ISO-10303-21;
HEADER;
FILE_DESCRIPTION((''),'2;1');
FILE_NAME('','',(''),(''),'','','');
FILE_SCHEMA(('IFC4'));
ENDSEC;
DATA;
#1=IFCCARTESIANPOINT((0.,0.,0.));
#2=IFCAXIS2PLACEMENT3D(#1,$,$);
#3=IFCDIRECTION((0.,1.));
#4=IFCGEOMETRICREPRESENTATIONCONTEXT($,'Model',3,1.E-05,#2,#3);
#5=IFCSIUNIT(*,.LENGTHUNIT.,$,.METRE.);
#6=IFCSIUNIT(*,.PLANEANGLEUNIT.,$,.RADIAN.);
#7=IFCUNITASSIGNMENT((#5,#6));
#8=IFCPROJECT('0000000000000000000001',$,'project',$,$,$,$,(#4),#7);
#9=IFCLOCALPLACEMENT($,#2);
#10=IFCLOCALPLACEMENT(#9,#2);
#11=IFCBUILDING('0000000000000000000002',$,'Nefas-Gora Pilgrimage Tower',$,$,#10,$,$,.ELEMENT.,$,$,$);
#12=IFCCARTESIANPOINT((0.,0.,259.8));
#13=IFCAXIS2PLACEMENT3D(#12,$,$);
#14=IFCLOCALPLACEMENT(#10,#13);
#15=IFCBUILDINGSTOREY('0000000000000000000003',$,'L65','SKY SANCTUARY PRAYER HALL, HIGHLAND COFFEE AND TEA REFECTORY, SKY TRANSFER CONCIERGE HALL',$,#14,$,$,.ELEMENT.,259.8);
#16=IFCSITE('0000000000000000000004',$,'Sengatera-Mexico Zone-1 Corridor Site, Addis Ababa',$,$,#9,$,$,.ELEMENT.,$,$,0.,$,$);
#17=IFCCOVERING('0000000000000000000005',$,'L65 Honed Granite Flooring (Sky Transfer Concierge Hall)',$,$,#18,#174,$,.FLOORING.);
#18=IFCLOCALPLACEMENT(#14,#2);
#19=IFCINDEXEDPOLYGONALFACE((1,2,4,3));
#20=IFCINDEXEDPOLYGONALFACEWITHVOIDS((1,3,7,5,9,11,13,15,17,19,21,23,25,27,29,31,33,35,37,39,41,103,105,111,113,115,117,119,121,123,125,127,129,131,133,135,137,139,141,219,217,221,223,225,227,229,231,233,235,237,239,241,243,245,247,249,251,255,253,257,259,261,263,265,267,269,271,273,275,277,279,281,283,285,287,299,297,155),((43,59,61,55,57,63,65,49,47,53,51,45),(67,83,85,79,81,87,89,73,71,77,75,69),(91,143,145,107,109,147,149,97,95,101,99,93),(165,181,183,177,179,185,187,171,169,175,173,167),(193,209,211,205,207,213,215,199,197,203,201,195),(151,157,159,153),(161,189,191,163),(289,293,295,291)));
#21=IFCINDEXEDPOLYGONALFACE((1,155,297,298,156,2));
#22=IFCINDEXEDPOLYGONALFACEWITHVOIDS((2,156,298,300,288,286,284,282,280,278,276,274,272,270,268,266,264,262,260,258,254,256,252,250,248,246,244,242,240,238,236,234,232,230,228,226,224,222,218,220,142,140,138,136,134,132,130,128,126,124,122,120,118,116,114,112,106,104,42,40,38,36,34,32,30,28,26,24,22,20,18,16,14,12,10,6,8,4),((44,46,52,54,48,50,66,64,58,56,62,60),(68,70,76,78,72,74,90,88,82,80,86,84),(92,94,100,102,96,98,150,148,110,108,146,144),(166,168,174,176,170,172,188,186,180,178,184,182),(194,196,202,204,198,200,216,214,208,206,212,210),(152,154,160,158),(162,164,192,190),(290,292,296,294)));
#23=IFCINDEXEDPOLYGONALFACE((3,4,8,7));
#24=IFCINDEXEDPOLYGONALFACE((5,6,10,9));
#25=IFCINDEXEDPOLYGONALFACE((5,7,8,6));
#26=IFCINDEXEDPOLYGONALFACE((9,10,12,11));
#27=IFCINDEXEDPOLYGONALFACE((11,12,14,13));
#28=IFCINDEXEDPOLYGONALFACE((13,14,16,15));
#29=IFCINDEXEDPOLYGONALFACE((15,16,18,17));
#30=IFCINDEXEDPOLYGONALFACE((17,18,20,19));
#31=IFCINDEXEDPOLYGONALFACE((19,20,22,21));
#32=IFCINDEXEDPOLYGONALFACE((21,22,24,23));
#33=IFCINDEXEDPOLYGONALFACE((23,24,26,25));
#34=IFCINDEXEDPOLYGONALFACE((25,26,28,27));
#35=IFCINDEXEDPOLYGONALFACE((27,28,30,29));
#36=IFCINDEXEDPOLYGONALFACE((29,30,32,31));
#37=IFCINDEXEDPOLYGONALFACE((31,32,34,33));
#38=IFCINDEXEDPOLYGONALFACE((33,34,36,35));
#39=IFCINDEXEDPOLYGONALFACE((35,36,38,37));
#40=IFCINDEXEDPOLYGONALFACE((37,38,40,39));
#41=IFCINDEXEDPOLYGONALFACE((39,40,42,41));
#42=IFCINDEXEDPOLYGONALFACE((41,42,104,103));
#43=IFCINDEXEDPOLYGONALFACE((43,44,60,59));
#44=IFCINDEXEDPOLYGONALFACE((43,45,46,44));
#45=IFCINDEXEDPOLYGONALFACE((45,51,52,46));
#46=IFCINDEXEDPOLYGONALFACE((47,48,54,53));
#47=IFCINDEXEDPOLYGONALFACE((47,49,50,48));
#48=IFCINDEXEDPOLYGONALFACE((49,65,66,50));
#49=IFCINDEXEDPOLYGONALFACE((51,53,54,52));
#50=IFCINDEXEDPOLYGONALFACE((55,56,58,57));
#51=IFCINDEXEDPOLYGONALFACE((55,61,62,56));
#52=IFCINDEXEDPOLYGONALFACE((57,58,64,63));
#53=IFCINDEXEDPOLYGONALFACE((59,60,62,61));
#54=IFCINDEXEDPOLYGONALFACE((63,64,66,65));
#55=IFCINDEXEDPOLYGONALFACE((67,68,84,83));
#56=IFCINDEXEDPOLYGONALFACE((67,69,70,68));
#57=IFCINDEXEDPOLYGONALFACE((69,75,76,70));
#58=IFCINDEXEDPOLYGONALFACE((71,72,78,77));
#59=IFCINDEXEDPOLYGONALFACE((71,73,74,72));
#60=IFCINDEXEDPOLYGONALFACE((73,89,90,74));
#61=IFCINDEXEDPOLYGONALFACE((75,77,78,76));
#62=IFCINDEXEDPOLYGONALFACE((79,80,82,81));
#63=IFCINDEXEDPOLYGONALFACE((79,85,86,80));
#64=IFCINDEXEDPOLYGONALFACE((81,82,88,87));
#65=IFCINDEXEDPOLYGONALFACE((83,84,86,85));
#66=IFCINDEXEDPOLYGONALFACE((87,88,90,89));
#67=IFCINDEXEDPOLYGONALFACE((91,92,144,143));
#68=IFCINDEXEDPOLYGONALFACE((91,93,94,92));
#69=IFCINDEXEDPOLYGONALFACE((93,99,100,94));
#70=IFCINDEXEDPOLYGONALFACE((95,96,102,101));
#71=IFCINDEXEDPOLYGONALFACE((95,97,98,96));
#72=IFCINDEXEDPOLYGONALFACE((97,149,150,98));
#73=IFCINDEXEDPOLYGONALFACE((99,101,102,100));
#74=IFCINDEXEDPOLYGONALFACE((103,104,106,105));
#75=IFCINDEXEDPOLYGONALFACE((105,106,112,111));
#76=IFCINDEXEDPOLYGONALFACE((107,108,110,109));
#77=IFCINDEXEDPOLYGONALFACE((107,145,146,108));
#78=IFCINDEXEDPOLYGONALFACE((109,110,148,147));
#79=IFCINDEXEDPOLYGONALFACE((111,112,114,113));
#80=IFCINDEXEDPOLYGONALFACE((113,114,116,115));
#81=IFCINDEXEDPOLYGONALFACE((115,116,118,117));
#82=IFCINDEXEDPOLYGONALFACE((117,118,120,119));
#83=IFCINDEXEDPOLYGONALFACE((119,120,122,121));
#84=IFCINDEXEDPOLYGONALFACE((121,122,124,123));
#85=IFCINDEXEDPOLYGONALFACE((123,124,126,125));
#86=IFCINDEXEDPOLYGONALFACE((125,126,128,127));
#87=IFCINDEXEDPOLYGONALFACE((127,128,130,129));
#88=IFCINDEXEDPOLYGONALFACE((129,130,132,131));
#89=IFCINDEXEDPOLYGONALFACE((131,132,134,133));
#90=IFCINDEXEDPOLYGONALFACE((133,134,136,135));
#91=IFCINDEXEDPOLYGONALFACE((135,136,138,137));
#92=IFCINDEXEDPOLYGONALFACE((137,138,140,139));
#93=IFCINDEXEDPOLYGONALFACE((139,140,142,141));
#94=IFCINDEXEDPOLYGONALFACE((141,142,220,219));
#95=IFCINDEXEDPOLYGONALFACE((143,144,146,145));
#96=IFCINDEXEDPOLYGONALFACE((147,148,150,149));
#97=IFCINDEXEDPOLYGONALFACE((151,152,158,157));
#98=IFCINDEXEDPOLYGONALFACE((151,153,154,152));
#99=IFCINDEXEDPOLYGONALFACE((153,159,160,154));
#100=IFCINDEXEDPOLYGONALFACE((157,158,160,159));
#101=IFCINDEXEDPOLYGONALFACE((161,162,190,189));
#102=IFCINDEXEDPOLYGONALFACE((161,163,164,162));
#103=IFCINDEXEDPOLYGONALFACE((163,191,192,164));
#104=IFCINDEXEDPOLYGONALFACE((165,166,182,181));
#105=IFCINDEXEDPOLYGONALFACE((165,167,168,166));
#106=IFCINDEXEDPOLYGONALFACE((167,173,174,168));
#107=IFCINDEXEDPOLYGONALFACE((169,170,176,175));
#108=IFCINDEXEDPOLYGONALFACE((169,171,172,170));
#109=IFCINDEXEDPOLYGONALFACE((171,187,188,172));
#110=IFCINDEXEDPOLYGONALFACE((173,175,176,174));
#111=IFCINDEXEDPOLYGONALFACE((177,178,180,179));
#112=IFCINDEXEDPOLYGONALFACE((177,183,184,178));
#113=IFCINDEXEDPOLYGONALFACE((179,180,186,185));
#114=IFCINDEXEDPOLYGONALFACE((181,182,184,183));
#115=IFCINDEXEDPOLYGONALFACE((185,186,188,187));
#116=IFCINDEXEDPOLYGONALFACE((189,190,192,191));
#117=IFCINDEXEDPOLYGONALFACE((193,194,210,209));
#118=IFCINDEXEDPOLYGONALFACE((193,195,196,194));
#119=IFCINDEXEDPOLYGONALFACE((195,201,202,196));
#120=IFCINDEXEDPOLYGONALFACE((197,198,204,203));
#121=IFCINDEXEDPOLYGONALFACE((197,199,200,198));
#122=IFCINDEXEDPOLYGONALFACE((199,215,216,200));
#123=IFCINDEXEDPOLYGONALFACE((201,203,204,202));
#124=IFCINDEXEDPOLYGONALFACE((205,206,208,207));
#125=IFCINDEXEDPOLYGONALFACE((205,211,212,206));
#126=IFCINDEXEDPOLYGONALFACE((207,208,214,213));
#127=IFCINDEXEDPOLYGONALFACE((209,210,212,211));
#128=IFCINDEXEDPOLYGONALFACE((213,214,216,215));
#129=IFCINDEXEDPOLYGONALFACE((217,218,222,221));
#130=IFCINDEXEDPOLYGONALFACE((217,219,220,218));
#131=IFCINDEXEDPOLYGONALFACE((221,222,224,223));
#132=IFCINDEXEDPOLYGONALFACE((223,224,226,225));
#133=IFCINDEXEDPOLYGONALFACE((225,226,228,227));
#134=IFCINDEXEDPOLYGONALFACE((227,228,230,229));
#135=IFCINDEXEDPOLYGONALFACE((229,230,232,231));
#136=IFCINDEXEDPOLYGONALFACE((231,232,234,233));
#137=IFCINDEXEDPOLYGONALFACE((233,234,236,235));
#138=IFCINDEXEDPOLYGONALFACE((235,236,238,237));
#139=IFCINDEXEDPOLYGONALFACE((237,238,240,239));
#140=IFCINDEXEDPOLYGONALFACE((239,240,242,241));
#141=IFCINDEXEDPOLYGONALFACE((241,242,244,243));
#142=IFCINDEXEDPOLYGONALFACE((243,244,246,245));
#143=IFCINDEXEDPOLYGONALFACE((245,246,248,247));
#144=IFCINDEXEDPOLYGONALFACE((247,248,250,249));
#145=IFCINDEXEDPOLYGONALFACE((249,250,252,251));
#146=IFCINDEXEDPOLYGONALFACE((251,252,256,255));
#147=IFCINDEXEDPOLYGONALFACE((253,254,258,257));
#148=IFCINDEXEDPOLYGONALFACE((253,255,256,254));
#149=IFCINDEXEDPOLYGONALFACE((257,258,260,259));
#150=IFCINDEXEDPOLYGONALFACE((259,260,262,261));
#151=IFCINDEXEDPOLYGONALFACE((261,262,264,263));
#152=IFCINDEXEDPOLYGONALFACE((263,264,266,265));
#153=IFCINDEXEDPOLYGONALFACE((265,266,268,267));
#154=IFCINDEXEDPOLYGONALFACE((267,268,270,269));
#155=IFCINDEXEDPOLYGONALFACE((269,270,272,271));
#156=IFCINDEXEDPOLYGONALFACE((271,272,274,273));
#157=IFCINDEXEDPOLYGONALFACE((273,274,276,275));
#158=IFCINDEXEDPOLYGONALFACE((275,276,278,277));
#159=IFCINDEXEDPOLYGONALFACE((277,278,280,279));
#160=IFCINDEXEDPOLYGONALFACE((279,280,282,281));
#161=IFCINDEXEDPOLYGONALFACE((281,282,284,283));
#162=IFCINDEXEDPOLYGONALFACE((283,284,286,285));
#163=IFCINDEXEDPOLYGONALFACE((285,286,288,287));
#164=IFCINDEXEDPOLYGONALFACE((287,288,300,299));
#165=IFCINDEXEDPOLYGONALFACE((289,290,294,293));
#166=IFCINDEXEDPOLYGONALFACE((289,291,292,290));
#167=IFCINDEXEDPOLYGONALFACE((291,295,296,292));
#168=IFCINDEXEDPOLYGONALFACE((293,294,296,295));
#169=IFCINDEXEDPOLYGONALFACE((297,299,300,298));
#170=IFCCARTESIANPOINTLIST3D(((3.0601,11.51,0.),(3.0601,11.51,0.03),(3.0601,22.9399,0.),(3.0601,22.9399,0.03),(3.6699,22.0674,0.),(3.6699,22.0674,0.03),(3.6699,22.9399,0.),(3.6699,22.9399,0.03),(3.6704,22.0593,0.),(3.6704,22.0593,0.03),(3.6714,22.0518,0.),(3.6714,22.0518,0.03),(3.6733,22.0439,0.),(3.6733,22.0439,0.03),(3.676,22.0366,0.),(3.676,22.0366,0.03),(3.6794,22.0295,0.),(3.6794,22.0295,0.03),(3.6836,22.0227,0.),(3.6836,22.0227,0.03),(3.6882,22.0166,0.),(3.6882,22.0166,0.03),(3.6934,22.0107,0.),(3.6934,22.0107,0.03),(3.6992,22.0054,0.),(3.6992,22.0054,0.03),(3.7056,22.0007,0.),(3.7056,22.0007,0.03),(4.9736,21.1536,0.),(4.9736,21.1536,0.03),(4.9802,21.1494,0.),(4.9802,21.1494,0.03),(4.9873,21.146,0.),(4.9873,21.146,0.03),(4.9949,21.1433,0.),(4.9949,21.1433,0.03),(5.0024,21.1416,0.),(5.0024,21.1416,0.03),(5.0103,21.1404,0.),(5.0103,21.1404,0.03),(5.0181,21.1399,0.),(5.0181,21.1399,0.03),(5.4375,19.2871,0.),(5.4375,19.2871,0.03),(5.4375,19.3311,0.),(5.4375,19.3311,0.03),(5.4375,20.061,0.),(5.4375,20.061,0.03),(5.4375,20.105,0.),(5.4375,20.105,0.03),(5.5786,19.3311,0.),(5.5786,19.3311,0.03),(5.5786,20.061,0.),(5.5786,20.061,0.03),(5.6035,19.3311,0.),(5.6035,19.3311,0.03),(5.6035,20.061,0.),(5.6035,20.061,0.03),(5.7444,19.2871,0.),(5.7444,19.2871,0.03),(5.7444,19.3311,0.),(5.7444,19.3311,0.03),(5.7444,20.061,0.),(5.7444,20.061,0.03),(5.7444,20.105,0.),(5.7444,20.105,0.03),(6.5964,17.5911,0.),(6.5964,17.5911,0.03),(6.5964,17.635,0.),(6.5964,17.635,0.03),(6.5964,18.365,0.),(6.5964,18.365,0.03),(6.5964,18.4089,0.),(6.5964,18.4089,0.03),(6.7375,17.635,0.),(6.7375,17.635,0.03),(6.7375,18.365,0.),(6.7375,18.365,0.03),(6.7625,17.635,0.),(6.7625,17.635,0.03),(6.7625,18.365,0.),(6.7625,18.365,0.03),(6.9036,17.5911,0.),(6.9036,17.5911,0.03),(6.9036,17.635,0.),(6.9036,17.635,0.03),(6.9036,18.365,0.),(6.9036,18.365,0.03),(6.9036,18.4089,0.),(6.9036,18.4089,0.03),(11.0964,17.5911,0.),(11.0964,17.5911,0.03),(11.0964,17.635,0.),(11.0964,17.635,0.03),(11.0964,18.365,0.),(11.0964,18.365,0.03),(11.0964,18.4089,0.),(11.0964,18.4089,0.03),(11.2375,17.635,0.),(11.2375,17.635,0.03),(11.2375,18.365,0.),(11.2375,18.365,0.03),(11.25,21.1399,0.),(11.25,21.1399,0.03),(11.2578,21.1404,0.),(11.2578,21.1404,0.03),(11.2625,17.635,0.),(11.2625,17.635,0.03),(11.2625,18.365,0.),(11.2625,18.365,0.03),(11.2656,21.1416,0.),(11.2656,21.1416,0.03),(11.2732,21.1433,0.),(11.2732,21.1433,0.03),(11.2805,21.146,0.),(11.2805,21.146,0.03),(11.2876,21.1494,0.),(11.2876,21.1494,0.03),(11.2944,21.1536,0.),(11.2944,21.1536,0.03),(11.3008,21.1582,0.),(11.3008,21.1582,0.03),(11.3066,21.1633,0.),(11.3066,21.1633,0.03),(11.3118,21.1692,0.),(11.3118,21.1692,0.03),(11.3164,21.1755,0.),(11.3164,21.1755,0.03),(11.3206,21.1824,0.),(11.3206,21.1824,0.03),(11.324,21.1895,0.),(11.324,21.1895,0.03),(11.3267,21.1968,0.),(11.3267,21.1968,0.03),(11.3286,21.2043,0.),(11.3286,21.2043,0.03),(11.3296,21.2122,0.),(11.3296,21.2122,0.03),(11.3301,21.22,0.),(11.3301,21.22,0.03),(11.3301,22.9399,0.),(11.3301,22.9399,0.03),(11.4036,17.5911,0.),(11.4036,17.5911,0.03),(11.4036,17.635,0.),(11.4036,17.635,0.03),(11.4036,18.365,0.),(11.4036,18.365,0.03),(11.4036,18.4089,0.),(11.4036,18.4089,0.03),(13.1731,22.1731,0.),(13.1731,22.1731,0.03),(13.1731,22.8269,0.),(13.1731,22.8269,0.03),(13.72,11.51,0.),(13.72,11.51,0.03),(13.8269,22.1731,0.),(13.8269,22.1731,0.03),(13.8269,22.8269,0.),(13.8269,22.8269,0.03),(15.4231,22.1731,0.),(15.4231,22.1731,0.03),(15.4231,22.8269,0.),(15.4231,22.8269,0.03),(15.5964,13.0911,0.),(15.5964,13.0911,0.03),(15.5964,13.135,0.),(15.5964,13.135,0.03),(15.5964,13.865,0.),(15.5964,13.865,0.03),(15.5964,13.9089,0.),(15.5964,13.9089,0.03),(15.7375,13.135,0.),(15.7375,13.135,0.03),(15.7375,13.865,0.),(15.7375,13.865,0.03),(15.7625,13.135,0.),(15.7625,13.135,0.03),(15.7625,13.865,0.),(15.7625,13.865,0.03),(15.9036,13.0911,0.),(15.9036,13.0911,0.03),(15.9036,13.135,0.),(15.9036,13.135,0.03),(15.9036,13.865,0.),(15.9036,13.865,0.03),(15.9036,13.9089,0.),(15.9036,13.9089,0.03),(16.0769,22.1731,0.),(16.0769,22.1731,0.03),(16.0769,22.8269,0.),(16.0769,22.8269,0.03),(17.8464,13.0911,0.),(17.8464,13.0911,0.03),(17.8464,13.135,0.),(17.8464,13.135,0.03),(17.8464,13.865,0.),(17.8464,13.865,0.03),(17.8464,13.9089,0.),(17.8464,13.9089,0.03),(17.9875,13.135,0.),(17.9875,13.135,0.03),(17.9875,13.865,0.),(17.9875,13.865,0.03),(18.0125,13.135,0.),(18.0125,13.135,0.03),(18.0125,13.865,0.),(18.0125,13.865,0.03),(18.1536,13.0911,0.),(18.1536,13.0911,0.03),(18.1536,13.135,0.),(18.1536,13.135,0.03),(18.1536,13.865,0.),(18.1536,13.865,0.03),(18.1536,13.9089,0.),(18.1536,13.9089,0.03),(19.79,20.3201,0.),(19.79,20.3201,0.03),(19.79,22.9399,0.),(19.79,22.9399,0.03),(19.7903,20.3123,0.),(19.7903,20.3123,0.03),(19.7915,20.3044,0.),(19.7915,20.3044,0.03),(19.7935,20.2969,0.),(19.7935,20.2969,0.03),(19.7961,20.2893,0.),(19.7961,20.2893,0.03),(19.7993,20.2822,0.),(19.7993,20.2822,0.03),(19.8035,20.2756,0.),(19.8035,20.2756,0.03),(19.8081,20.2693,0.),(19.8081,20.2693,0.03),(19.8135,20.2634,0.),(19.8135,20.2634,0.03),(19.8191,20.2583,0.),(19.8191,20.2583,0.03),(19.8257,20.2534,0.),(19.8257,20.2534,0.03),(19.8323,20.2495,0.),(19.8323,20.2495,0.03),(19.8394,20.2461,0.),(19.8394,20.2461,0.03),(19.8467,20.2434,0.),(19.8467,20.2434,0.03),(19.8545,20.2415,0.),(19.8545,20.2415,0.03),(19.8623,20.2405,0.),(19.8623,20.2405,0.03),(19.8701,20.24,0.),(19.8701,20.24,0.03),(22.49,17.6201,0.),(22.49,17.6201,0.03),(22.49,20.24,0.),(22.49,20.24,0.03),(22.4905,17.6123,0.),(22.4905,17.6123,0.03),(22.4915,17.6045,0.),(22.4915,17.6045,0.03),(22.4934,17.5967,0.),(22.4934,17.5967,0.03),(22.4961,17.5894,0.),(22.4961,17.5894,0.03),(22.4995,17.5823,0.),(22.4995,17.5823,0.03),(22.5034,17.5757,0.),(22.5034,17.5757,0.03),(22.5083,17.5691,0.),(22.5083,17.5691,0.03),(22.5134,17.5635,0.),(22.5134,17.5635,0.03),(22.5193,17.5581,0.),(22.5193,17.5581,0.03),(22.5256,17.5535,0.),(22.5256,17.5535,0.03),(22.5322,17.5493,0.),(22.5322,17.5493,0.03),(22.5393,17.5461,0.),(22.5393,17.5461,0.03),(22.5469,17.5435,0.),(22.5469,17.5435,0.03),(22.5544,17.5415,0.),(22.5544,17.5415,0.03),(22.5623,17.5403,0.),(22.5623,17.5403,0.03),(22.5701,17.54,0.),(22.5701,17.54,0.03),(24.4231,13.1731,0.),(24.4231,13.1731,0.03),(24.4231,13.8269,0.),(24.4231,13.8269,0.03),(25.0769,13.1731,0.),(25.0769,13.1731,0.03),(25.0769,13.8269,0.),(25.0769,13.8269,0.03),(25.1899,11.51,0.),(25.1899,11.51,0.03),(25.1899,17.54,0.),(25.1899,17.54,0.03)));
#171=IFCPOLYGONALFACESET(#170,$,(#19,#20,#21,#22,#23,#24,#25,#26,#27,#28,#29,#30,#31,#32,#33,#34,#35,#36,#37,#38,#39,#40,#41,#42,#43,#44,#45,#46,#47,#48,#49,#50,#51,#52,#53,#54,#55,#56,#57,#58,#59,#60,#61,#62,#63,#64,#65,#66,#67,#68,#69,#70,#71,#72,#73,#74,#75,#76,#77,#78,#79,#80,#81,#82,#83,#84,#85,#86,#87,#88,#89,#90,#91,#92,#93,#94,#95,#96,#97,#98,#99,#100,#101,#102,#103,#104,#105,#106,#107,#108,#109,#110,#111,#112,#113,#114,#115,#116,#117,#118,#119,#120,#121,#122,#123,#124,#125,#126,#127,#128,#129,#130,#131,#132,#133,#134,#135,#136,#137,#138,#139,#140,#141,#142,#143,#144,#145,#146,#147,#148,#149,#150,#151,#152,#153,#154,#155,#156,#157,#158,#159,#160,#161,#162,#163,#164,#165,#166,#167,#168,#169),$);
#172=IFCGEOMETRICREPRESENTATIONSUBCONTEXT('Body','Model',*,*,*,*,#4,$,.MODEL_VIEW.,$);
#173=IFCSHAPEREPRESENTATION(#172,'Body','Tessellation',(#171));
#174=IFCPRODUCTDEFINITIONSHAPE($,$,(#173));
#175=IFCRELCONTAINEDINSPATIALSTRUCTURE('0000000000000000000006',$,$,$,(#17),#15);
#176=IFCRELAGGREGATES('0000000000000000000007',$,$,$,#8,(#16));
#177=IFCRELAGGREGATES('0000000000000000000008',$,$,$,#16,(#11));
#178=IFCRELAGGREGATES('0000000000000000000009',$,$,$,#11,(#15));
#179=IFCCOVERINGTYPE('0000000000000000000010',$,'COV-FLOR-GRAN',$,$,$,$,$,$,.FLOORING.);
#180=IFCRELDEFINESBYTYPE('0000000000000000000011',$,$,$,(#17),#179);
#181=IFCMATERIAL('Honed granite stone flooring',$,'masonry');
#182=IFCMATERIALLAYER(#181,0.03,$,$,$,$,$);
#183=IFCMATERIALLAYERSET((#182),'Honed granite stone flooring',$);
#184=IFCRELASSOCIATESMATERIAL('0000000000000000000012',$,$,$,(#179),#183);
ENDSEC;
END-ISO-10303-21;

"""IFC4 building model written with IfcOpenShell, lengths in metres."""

from ifc_helpers import new_model, si_unit, direction, frame, origin, place, context, subcontext, project, spatial, polyline, outline, extrude, material, layer, layer_set, type_object, element, save


model = new_model("IFC4")

# Units and contexts
model_context = context("Model", 3, precision=1e-05, world=origin(), true_north=direction((0.0, 1.0)))
body_context = subcontext(model_context, "Body", "Model", "MODEL_VIEW")
ifc_project = project(units=[si_unit("LENGTHUNIT", "METRE"), si_unit("PLANEANGLEUNIT", "RADIAN")], contexts=[model_context])

# Site, building, storey
site_placement = place(None, origin())
site = spatial("IfcSite", under=ifc_project, at=site_placement, Name="Sengatera-Mexico Zone-1 Corridor Site, Addis Ababa", CompositionType="ELEMENT", RefElevation=0.0)
building_placement = place(site_placement, origin())
building = spatial("IfcBuilding", under=site, at=building_placement, Name="Nefas-Gora Pilgrimage Tower", CompositionType="ELEMENT")
storey_placement = place(building_placement, frame((0.0, 0.0, 259.8)))
storey = spatial("IfcBuildingStorey", under=building, at=storey_placement, Name="L65", Description="SKY SANCTUARY PRAYER HALL, HIGHLAND COFFEE AND TEA REFECTORY, SKY TRANSFER CONCIERGE HALL", CompositionType="ELEMENT", Elevation=259.8)

# Covering
ifc_material_1 = material(Name="Honed granite stone flooring", Category="masonry")
ifc_layer_1 = layer(ifc_material_1, 0.03)
ifc_layer_set_1 = layer_set([ifc_layer_1], Name="Honed granite stone flooring")
covering_type_1 = type_object("IfcCoveringType", Name="COV-FLOR-GRAN", PredefinedType="FLOORING", material=ifc_layer_set_1)
covering_1_placement = place(storey_placement, origin())
element("IfcCovering", 1, at=covering_1_placement, inside=storey, type_object=covering_type_1, Name="L65 Honed Granite Flooring (Sky Transfer Concierge Hall)", PredefinedType="FLOORING", context=body_context, shape_type="SweptSolid", body=[
    extrude(outline(polyline([(3.6699, 22.9399), (3.0601, 22.9399), (3.0601, 11.51), (13.72, 11.51), (25.1899, 11.51), (25.1899, 17.54), (22.5701, 17.54), (22.5623, 17.5403), (22.5544, 17.5415), (22.5469, 17.5435), (22.5393, 17.5461), (22.5322, 17.5493), (22.5256, 17.5535), (22.5193, 17.5581), (22.5134, 17.5635), (22.5083, 17.5691), (22.5034, 17.5757), (22.4995, 17.5823), (22.4961, 17.5894), (22.4934, 17.5967), (22.4915, 17.6045), (22.4905, 17.6123), (22.49, 17.6201), (22.49, 20.24), (19.8701, 20.24), (19.8623, 20.2405), (19.8545, 20.2415), (19.8467, 20.2434), (19.8394, 20.2461), (19.8323, 20.2495), (19.8257, 20.2534), (19.8191, 20.2583), (19.8135, 20.2634), (19.8081, 20.2693), (19.8035, 20.2756), (19.7993, 20.2822), (19.7961, 20.2893), (19.7935, 20.2969), (19.7915, 20.3044), (19.7903, 20.3123), (19.79, 20.3201), (19.79, 22.9399), (11.3301, 22.9399), (11.3301, 21.22), (11.3296, 21.2122), (11.3286, 21.2043), (11.3267, 21.1968), (11.324, 21.1895), (11.3206, 21.1824), (11.3164, 21.1755), (11.3118, 21.1692), (11.3066, 21.1633), (11.3008, 21.1582), (11.2944, 21.1536), (11.2876, 21.1494), (11.2805, 21.146), (11.2732, 21.1433), (11.2656, 21.1416), (11.2578, 21.1404), (11.25, 21.1399), (5.0181, 21.1399), (5.0103, 21.1404), (5.0024, 21.1416), (4.9949, 21.1433), (4.9873, 21.146), (4.9802, 21.1494), (4.9736, 21.1536), (3.7056, 22.0007), (3.6992, 22.0054), (3.6934, 22.0107), (3.6882, 22.0166), (3.6836, 22.0227), (3.6794, 22.0295), (3.676, 22.0366), (3.6733, 22.0439), (3.6714, 22.0518), (3.6704, 22.0593), (3.6699, 22.0674), (3.6699, 22.9399)]), holes=[polyline([(25.0769, 13.1731), (24.4231, 13.1731), (24.4231, 13.8269), (25.0769, 13.8269), (25.0769, 13.1731)]), polyline([(18.1536, 13.865), (18.0125, 13.865), (18.0125, 13.135), (18.1536, 13.135), (18.1536, 13.0911), (17.8464, 13.0911), (17.8464, 13.135), (17.9875, 13.135), (17.9875, 13.865), (17.8464, 13.865), (17.8464, 13.9089), (18.1536, 13.9089), (18.1536, 13.865)]), polyline([(16.0769, 22.8269), (16.0769, 22.1731), (15.4231, 22.1731), (15.4231, 22.8269), (16.0769, 22.8269)]), polyline([(15.9036, 13.9089), (15.9036, 13.865), (15.7625, 13.865), (15.7625, 13.135), (15.9036, 13.135), (15.9036, 13.0911), (15.5964, 13.0911), (15.5964, 13.135), (15.7375, 13.135), (15.7375, 13.865), (15.5964, 13.865), (15.5964, 13.9089), (15.9036, 13.9089)]), polyline([(13.8269, 22.8269), (13.8269, 22.1731), (13.1731, 22.1731), (13.1731, 22.8269), (13.8269, 22.8269)]), polyline([(11.4036, 18.4089), (11.4036, 18.365), (11.2625, 18.365), (11.2625, 17.635), (11.4036, 17.635), (11.4036, 17.5911), (11.0964, 17.5911), (11.0964, 17.635), (11.2375, 17.635), (11.2375, 18.365), (11.0964, 18.365), (11.0964, 18.4089), (11.4036, 18.4089)]), polyline([(6.9036, 18.4089), (6.9036, 18.365), (6.7625, 18.365), (6.7625, 17.635), (6.9036, 17.635), (6.9036, 17.5911), (6.5964, 17.5911), (6.5964, 17.635), (6.7375, 17.635), (6.7375, 18.365), (6.5964, 18.365), (6.5964, 18.4089), (6.9036, 18.4089)]), polyline([(5.7444, 20.105), (5.7444, 20.061), (5.6035, 20.061), (5.6035, 19.3311), (5.7444, 19.3311), (5.7444, 19.2871), (5.4375, 19.2871), (5.4375, 19.3311), (5.5786, 19.3311), (5.5786, 20.061), (5.4375, 20.061), (5.4375, 20.105), (5.7444, 20.105)])]), origin(), (0.0, 0.0, 1.0), 0.03),
])

save(model, "model.ifc")
